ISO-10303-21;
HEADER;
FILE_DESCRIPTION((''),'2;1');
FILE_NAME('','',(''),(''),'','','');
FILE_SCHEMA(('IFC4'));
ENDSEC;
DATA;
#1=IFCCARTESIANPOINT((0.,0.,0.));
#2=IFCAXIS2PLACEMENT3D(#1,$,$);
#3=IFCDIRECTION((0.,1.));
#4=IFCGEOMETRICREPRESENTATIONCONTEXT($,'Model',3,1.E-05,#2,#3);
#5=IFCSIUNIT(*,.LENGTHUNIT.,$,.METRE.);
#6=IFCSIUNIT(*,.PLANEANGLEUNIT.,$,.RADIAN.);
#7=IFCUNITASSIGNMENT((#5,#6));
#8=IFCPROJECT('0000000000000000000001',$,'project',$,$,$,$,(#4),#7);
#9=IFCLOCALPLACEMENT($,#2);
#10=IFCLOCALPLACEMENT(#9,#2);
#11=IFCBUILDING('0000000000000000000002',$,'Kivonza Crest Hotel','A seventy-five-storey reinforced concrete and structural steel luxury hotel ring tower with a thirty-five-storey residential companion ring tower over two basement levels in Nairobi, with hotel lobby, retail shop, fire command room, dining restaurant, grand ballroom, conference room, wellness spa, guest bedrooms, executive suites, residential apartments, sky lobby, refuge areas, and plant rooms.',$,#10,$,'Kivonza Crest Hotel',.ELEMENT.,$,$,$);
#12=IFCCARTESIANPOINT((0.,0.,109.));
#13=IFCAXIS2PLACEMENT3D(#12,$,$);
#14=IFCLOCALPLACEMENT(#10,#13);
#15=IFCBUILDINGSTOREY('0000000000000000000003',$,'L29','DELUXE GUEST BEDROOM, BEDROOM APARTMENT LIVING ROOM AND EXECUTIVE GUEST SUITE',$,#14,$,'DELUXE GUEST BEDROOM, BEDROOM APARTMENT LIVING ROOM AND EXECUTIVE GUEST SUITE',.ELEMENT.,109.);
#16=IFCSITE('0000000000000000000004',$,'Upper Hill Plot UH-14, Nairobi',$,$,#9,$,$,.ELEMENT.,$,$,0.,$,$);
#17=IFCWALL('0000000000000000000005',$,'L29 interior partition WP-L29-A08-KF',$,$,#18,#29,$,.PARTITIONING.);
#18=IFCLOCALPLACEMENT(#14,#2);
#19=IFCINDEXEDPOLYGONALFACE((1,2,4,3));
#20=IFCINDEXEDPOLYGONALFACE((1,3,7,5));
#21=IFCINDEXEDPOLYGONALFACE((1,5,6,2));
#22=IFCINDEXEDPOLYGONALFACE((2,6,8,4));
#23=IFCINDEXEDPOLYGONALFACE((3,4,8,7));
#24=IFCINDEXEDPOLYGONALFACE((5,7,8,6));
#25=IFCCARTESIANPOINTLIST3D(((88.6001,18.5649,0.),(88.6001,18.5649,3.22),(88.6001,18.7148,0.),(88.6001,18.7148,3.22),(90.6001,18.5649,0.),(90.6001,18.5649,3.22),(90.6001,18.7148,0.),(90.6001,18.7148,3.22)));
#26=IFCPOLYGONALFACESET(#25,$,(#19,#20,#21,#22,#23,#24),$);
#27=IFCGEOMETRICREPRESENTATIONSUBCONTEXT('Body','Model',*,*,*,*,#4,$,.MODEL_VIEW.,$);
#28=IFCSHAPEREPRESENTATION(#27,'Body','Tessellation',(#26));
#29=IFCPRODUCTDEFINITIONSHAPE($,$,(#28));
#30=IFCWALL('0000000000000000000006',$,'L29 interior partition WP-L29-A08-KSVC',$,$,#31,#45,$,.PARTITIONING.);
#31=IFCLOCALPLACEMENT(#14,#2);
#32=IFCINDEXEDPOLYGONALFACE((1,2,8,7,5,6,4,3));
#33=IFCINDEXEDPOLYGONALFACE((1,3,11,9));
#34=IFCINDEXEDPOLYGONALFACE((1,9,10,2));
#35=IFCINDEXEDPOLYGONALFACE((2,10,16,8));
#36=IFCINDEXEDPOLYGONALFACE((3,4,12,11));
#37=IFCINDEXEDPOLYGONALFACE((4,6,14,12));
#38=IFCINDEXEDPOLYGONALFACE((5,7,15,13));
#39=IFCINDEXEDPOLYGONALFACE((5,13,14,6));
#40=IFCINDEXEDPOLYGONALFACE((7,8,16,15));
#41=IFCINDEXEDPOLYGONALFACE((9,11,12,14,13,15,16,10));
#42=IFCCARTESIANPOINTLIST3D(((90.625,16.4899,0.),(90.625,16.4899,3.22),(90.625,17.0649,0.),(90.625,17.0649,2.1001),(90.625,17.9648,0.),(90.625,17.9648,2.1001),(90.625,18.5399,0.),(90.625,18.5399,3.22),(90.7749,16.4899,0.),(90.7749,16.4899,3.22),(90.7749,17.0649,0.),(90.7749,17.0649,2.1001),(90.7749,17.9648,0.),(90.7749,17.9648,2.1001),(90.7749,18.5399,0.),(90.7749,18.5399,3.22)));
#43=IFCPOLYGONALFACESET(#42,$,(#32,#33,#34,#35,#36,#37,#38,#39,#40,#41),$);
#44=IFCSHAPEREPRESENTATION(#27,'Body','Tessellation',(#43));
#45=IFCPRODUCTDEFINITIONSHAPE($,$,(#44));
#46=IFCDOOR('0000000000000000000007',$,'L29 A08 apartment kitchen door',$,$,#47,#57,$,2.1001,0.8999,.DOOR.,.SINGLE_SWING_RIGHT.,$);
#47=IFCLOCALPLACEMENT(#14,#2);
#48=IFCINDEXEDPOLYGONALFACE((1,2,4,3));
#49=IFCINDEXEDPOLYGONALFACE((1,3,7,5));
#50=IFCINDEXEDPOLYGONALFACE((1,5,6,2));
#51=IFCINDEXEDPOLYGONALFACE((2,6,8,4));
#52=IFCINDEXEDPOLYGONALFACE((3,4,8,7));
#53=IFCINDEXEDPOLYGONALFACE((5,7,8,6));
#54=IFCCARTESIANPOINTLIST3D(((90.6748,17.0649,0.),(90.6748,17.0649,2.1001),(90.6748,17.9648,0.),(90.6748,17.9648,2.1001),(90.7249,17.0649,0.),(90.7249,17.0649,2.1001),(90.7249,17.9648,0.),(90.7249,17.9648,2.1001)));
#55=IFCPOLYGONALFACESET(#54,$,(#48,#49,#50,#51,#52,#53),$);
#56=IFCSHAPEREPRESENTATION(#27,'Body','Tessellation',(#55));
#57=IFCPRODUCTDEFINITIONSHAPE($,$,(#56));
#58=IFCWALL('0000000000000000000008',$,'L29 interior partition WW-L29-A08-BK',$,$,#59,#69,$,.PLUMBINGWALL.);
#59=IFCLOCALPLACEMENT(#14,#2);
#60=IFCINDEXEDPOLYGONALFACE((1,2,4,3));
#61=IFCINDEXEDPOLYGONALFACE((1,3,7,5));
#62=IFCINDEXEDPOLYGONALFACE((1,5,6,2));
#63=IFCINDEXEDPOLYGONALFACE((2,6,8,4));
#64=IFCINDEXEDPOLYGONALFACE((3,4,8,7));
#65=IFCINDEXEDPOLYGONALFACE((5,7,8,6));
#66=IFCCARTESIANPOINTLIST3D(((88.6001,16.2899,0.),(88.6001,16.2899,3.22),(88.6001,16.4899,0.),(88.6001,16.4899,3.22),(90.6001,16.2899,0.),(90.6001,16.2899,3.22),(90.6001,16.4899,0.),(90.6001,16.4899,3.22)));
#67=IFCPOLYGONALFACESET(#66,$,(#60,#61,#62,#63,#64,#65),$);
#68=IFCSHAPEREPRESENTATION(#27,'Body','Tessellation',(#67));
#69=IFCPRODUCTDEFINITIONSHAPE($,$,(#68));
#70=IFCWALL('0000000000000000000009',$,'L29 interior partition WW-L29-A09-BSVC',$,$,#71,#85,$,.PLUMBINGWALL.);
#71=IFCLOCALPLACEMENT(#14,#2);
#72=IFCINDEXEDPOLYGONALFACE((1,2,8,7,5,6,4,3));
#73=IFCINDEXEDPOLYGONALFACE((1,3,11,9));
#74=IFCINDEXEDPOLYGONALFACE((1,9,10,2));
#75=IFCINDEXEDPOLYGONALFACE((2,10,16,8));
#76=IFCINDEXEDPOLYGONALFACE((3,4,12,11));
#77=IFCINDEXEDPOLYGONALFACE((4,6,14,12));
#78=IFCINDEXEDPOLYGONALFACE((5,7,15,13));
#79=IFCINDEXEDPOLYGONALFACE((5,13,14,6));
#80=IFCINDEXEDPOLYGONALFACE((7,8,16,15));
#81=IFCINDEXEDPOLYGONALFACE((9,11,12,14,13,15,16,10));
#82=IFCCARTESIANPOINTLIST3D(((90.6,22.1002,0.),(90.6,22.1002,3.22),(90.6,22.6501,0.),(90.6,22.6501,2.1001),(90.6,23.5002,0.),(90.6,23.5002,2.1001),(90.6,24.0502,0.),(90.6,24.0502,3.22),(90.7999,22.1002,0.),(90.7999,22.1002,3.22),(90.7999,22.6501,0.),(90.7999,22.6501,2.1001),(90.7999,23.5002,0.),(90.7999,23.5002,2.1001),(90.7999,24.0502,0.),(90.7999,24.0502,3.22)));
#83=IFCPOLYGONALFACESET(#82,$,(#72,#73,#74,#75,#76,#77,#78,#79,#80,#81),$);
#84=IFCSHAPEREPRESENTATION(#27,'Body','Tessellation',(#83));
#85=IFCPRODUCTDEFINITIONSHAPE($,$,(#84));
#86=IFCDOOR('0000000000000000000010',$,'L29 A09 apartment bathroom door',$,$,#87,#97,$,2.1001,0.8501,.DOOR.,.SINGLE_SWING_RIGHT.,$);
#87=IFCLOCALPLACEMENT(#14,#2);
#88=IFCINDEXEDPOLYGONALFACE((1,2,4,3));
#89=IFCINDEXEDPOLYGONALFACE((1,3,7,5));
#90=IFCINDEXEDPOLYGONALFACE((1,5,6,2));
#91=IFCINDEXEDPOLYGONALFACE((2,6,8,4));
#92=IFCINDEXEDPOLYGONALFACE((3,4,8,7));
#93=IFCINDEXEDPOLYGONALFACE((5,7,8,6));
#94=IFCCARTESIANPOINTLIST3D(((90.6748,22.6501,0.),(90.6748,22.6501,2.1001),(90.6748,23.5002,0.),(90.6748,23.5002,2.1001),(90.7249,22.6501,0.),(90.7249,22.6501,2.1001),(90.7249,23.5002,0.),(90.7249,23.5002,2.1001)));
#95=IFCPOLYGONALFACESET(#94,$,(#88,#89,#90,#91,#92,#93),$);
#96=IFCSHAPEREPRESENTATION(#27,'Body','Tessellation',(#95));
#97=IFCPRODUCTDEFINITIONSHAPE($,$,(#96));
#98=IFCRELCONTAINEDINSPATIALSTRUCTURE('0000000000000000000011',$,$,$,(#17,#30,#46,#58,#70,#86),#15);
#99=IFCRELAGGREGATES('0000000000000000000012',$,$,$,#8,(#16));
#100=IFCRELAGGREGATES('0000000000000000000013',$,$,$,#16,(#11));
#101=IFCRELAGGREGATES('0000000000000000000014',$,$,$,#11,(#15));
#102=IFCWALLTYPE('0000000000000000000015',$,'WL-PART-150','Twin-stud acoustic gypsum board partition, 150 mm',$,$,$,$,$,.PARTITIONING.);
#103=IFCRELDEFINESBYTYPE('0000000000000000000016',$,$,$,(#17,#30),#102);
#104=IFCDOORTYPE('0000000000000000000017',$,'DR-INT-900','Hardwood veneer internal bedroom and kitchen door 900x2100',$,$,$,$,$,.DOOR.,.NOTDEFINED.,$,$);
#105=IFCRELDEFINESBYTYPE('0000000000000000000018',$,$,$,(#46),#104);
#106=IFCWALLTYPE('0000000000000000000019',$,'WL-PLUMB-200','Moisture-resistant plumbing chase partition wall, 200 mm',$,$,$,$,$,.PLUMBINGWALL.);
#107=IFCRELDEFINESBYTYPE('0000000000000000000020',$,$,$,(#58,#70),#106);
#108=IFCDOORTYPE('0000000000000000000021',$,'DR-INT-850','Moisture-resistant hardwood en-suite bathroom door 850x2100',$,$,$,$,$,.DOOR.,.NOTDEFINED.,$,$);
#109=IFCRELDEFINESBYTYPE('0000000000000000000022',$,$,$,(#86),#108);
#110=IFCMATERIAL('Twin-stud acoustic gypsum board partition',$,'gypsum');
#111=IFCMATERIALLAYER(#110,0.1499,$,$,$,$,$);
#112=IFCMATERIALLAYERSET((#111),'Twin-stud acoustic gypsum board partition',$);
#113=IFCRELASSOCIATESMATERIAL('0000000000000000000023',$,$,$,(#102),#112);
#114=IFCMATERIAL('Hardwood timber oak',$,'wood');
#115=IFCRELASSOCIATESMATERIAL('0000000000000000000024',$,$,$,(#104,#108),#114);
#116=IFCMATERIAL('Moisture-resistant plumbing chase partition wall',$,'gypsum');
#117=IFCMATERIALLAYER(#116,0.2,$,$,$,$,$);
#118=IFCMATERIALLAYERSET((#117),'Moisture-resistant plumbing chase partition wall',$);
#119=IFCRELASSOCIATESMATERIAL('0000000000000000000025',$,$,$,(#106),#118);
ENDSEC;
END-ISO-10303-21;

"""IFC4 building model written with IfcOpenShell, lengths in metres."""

from ifc_helpers import new_model, si_unit, direction, frame, frame_2d, origin, place, context, subcontext, project, spatial, rectangle, extrude, material, layer, layer_set, type_object, element, fill, save


model = new_model("IFC4")

# Units and contexts
model_context = context("Model", 3, precision=1e-05, world=origin(), true_north=direction((0.0, 1.0)))
body_context = subcontext(model_context, "Body", "Model", "MODEL_VIEW")
ifc_project = project(units=[si_unit("LENGTHUNIT", "METRE"), si_unit("PLANEANGLEUNIT", "RADIAN")], contexts=[model_context])

# Site, building, storey
site_placement = place(None, origin())
site = spatial("IfcSite", under=ifc_project, at=site_placement, Name="Upper Hill Plot UH-14, Nairobi", CompositionType="ELEMENT", RefElevation=0.0)
building_placement = place(site_placement, origin())
building = spatial("IfcBuilding", under=site, at=building_placement, Name="Kivonza Crest Hotel", Description="A seventy-five-storey reinforced concrete and structural steel luxury hotel ring tower with a thirty-five-storey residential companion ring tower over two basement levels in Nairobi, with hotel lobby, retail shop, fire command room, dining restaurant, grand ballroom, conference room, wellness spa, guest bedrooms, executive suites, residential apartments, sky lobby, refuge areas, and plant rooms.", LongName="Kivonza Crest Hotel", CompositionType="ELEMENT")
storey_placement = place(building_placement, frame((0.0, 0.0, 109.0)))
storey = spatial("IfcBuildingStorey", under=building, at=storey_placement, Name="L29", Description="DELUXE GUEST BEDROOM, BEDROOM APARTMENT LIVING ROOM AND EXECUTIVE GUEST SUITE", LongName="DELUXE GUEST BEDROOM, BEDROOM APARTMENT LIVING ROOM AND EXECUTIVE GUEST SUITE", CompositionType="ELEMENT", Elevation=109.0)

# Shared definitions
ifc_material_1 = material(Name="Hardwood timber oak", Category="wood")

# Wall
ifc_material_2 = material(Name="Twin-stud acoustic gypsum board partition", Category="gypsum")
ifc_layer_1 = layer(ifc_material_2, 0.1499)
ifc_layer_set_1 = layer_set([ifc_layer_1], Name="Twin-stud acoustic gypsum board partition")
wall_type_1 = type_object("IfcWallType", Name="WL-PART-150", Description="Twin-stud acoustic gypsum board partition, 150 mm", PredefinedType="PARTITIONING", material=ifc_layer_set_1)
wall_1_placement = place(storey_placement, frame((88.6001, 18.6399, 0.0), z_axis=(0.0, 0.0, 1.0), x_axis=(1.0, 0.0, 0.0)))
element("IfcWall", 1, at=wall_1_placement, inside=storey, type_object=wall_type_1, Name="L29 interior partition WP-L29-A08-KF", PredefinedType="PARTITIONING", context=body_context, shape_type="SweptSolid", body=[
    extrude(rectangle(XDim=2.0, YDim=0.1499, at=frame_2d((1.0, 0.0))), origin(), (0.0, 0.0, 1.0), 3.22),
])

# Wall, opening, door
wall_2_placement = place(storey_placement, frame((90.7, 16.49, 0.0), z_axis=(0.0, 0.0, 1.0), x_axis=(0.0, 1.0, 0.0)))
wall_2 = element("IfcWall", 2, at=wall_2_placement, inside=storey, type_object=wall_type_1, Name="L29 interior partition WP-L29-A08-KSVC", PredefinedType="PARTITIONING", context=body_context, shape_type="SweptSolid", body=[
    extrude(rectangle(XDim=2.05, YDim=0.1499, at=frame_2d((1.0249, 0.0))), origin(), (0.0, 0.0, 1.0), 3.22),
])
opening_1_placement = place(wall_2_placement, frame((0.575, 0.0, 0.0)))
opening_1 = element("IfcOpeningElement", 3, at=opening_1_placement, cuts=wall_2, PredefinedType="OPENING", context=body_context, shape_type="SweptSolid", body=[
    extrude(rectangle(XDim=0.8999, YDim=2.1001, at=frame_2d((0.45, 1.05))), frame((0.0, 0.085, 0.0), z_axis=(0.0, -1.0, 0.0), x_axis=(1.0, 0.0, 0.0)), (0.0, 0.0, 1.0), 0.1699),
])
door_type_1 = type_object("IfcDoorType", Name="DR-INT-900", Description="Hardwood veneer internal bedroom and kitchen door 900x2100", OperationType="NOTDEFINED", PredefinedType="DOOR", material=ifc_material_1)
door_1_placement = place(opening_1_placement, frame((0.8999, 0.0, 0.0), z_axis=(0.0, 0.0, 1.0), x_axis=(-1.0, 0.0, 0.0)))
door_1 = element("IfcDoor", 4, at=door_1_placement, inside=storey, type_object=door_type_1, Name="L29 A08 apartment kitchen door", OperationType="SINGLE_SWING_RIGHT", OverallHeight=2.1001, OverallWidth=0.8999, PredefinedType="DOOR", context=body_context, shape_type="SweptSolid", body=[
    extrude(rectangle(XDim=0.8999, YDim=2.1001, at=frame_2d((0.45, 1.05))), frame((0.0, 0.0249, 0.0), z_axis=(0.0, -1.0, 0.0), x_axis=(1.0, 0.0, 0.0)), (0.0, 0.0, 1.0), 0.05),
])
fill(opening_1, door_1)

# Wall
ifc_material_3 = material(Name="Moisture-resistant plumbing chase partition wall", Category="gypsum")
ifc_layer_2 = layer(ifc_material_3, 0.2)
ifc_layer_set_2 = layer_set([ifc_layer_2], Name="Moisture-resistant plumbing chase partition wall")
wall_type_2 = type_object("IfcWallType", Name="WL-PLUMB-200", Description="Moisture-resistant plumbing chase partition wall, 200 mm", PredefinedType="PLUMBINGWALL", material=ifc_layer_set_2)
wall_3_placement = place(storey_placement, frame((88.6001, 16.3899, 0.0), z_axis=(0.0, 0.0, 1.0), x_axis=(1.0, 0.0, 0.0)))
element("IfcWall", 5, at=wall_3_placement, inside=storey, type_object=wall_type_2, Name="L29 interior partition WW-L29-A08-BK", PredefinedType="PLUMBINGWALL", context=body_context, shape_type="SweptSolid", body=[
    extrude(rectangle(XDim=2.0, YDim=0.2, at=frame_2d((1.0, 0.0))), origin(), (0.0, 0.0, 1.0), 3.22),
])

# Wall, opening, door
wall_4_placement = place(storey_placement, frame((90.7, 22.1001, 0.0), z_axis=(0.0, 0.0, 1.0), x_axis=(0.0, 1.0, 0.0)))
wall_4 = element("IfcWall", 6, at=wall_4_placement, inside=storey, type_object=wall_type_2, Name="L29 interior partition WW-L29-A09-BSVC", PredefinedType="PLUMBINGWALL", context=body_context, shape_type="SweptSolid", body=[
    extrude(rectangle(XDim=1.95, YDim=0.2, at=frame_2d((0.9751, 0.0))), origin(), (0.0, 0.0, 1.0), 3.22),
])
opening_2_placement = place(wall_4_placement, frame((0.55, 0.0, 0.0)))
opening_2 = element("IfcOpeningElement", 7, at=opening_2_placement, cuts=wall_4, PredefinedType="OPENING", context=body_context, shape_type="SweptSolid", body=[
    extrude(rectangle(XDim=0.8501, YDim=2.1001, at=frame_2d((0.425, 1.05))), frame((0.0, 0.1099, 0.0), z_axis=(0.0, -1.0, 0.0), x_axis=(1.0, 0.0, 0.0)), (0.0, 0.0, 1.0), 0.22),
])
door_type_2 = type_object("IfcDoorType", Name="DR-INT-850", Description="Moisture-resistant hardwood en-suite bathroom door 850x2100", OperationType="NOTDEFINED", PredefinedType="DOOR", material=ifc_material_1)
door_2_placement = place(opening_2_placement, frame((0.8501, 0.0, 0.0), z_axis=(0.0, 0.0, 1.0), x_axis=(-1.0, 0.0, 0.0)))
door_2 = element("IfcDoor", 8, at=door_2_placement, inside=storey, type_object=door_type_2, Name="L29 A09 apartment bathroom door", OperationType="SINGLE_SWING_RIGHT", OverallHeight=2.1001, OverallWidth=0.8501, PredefinedType="DOOR", context=body_context, shape_type="SweptSolid", body=[
    extrude(rectangle(XDim=0.8501, YDim=2.1001, at=frame_2d((0.425, 1.05))), frame((0.0, 0.0249, 0.0), z_axis=(0.0, -1.0, 0.0), x_axis=(1.0, 0.0, 0.0)), (0.0, 0.0, 1.0), 0.05),
])
fill(opening_2, door_2)

save(model, "model.ifc")
